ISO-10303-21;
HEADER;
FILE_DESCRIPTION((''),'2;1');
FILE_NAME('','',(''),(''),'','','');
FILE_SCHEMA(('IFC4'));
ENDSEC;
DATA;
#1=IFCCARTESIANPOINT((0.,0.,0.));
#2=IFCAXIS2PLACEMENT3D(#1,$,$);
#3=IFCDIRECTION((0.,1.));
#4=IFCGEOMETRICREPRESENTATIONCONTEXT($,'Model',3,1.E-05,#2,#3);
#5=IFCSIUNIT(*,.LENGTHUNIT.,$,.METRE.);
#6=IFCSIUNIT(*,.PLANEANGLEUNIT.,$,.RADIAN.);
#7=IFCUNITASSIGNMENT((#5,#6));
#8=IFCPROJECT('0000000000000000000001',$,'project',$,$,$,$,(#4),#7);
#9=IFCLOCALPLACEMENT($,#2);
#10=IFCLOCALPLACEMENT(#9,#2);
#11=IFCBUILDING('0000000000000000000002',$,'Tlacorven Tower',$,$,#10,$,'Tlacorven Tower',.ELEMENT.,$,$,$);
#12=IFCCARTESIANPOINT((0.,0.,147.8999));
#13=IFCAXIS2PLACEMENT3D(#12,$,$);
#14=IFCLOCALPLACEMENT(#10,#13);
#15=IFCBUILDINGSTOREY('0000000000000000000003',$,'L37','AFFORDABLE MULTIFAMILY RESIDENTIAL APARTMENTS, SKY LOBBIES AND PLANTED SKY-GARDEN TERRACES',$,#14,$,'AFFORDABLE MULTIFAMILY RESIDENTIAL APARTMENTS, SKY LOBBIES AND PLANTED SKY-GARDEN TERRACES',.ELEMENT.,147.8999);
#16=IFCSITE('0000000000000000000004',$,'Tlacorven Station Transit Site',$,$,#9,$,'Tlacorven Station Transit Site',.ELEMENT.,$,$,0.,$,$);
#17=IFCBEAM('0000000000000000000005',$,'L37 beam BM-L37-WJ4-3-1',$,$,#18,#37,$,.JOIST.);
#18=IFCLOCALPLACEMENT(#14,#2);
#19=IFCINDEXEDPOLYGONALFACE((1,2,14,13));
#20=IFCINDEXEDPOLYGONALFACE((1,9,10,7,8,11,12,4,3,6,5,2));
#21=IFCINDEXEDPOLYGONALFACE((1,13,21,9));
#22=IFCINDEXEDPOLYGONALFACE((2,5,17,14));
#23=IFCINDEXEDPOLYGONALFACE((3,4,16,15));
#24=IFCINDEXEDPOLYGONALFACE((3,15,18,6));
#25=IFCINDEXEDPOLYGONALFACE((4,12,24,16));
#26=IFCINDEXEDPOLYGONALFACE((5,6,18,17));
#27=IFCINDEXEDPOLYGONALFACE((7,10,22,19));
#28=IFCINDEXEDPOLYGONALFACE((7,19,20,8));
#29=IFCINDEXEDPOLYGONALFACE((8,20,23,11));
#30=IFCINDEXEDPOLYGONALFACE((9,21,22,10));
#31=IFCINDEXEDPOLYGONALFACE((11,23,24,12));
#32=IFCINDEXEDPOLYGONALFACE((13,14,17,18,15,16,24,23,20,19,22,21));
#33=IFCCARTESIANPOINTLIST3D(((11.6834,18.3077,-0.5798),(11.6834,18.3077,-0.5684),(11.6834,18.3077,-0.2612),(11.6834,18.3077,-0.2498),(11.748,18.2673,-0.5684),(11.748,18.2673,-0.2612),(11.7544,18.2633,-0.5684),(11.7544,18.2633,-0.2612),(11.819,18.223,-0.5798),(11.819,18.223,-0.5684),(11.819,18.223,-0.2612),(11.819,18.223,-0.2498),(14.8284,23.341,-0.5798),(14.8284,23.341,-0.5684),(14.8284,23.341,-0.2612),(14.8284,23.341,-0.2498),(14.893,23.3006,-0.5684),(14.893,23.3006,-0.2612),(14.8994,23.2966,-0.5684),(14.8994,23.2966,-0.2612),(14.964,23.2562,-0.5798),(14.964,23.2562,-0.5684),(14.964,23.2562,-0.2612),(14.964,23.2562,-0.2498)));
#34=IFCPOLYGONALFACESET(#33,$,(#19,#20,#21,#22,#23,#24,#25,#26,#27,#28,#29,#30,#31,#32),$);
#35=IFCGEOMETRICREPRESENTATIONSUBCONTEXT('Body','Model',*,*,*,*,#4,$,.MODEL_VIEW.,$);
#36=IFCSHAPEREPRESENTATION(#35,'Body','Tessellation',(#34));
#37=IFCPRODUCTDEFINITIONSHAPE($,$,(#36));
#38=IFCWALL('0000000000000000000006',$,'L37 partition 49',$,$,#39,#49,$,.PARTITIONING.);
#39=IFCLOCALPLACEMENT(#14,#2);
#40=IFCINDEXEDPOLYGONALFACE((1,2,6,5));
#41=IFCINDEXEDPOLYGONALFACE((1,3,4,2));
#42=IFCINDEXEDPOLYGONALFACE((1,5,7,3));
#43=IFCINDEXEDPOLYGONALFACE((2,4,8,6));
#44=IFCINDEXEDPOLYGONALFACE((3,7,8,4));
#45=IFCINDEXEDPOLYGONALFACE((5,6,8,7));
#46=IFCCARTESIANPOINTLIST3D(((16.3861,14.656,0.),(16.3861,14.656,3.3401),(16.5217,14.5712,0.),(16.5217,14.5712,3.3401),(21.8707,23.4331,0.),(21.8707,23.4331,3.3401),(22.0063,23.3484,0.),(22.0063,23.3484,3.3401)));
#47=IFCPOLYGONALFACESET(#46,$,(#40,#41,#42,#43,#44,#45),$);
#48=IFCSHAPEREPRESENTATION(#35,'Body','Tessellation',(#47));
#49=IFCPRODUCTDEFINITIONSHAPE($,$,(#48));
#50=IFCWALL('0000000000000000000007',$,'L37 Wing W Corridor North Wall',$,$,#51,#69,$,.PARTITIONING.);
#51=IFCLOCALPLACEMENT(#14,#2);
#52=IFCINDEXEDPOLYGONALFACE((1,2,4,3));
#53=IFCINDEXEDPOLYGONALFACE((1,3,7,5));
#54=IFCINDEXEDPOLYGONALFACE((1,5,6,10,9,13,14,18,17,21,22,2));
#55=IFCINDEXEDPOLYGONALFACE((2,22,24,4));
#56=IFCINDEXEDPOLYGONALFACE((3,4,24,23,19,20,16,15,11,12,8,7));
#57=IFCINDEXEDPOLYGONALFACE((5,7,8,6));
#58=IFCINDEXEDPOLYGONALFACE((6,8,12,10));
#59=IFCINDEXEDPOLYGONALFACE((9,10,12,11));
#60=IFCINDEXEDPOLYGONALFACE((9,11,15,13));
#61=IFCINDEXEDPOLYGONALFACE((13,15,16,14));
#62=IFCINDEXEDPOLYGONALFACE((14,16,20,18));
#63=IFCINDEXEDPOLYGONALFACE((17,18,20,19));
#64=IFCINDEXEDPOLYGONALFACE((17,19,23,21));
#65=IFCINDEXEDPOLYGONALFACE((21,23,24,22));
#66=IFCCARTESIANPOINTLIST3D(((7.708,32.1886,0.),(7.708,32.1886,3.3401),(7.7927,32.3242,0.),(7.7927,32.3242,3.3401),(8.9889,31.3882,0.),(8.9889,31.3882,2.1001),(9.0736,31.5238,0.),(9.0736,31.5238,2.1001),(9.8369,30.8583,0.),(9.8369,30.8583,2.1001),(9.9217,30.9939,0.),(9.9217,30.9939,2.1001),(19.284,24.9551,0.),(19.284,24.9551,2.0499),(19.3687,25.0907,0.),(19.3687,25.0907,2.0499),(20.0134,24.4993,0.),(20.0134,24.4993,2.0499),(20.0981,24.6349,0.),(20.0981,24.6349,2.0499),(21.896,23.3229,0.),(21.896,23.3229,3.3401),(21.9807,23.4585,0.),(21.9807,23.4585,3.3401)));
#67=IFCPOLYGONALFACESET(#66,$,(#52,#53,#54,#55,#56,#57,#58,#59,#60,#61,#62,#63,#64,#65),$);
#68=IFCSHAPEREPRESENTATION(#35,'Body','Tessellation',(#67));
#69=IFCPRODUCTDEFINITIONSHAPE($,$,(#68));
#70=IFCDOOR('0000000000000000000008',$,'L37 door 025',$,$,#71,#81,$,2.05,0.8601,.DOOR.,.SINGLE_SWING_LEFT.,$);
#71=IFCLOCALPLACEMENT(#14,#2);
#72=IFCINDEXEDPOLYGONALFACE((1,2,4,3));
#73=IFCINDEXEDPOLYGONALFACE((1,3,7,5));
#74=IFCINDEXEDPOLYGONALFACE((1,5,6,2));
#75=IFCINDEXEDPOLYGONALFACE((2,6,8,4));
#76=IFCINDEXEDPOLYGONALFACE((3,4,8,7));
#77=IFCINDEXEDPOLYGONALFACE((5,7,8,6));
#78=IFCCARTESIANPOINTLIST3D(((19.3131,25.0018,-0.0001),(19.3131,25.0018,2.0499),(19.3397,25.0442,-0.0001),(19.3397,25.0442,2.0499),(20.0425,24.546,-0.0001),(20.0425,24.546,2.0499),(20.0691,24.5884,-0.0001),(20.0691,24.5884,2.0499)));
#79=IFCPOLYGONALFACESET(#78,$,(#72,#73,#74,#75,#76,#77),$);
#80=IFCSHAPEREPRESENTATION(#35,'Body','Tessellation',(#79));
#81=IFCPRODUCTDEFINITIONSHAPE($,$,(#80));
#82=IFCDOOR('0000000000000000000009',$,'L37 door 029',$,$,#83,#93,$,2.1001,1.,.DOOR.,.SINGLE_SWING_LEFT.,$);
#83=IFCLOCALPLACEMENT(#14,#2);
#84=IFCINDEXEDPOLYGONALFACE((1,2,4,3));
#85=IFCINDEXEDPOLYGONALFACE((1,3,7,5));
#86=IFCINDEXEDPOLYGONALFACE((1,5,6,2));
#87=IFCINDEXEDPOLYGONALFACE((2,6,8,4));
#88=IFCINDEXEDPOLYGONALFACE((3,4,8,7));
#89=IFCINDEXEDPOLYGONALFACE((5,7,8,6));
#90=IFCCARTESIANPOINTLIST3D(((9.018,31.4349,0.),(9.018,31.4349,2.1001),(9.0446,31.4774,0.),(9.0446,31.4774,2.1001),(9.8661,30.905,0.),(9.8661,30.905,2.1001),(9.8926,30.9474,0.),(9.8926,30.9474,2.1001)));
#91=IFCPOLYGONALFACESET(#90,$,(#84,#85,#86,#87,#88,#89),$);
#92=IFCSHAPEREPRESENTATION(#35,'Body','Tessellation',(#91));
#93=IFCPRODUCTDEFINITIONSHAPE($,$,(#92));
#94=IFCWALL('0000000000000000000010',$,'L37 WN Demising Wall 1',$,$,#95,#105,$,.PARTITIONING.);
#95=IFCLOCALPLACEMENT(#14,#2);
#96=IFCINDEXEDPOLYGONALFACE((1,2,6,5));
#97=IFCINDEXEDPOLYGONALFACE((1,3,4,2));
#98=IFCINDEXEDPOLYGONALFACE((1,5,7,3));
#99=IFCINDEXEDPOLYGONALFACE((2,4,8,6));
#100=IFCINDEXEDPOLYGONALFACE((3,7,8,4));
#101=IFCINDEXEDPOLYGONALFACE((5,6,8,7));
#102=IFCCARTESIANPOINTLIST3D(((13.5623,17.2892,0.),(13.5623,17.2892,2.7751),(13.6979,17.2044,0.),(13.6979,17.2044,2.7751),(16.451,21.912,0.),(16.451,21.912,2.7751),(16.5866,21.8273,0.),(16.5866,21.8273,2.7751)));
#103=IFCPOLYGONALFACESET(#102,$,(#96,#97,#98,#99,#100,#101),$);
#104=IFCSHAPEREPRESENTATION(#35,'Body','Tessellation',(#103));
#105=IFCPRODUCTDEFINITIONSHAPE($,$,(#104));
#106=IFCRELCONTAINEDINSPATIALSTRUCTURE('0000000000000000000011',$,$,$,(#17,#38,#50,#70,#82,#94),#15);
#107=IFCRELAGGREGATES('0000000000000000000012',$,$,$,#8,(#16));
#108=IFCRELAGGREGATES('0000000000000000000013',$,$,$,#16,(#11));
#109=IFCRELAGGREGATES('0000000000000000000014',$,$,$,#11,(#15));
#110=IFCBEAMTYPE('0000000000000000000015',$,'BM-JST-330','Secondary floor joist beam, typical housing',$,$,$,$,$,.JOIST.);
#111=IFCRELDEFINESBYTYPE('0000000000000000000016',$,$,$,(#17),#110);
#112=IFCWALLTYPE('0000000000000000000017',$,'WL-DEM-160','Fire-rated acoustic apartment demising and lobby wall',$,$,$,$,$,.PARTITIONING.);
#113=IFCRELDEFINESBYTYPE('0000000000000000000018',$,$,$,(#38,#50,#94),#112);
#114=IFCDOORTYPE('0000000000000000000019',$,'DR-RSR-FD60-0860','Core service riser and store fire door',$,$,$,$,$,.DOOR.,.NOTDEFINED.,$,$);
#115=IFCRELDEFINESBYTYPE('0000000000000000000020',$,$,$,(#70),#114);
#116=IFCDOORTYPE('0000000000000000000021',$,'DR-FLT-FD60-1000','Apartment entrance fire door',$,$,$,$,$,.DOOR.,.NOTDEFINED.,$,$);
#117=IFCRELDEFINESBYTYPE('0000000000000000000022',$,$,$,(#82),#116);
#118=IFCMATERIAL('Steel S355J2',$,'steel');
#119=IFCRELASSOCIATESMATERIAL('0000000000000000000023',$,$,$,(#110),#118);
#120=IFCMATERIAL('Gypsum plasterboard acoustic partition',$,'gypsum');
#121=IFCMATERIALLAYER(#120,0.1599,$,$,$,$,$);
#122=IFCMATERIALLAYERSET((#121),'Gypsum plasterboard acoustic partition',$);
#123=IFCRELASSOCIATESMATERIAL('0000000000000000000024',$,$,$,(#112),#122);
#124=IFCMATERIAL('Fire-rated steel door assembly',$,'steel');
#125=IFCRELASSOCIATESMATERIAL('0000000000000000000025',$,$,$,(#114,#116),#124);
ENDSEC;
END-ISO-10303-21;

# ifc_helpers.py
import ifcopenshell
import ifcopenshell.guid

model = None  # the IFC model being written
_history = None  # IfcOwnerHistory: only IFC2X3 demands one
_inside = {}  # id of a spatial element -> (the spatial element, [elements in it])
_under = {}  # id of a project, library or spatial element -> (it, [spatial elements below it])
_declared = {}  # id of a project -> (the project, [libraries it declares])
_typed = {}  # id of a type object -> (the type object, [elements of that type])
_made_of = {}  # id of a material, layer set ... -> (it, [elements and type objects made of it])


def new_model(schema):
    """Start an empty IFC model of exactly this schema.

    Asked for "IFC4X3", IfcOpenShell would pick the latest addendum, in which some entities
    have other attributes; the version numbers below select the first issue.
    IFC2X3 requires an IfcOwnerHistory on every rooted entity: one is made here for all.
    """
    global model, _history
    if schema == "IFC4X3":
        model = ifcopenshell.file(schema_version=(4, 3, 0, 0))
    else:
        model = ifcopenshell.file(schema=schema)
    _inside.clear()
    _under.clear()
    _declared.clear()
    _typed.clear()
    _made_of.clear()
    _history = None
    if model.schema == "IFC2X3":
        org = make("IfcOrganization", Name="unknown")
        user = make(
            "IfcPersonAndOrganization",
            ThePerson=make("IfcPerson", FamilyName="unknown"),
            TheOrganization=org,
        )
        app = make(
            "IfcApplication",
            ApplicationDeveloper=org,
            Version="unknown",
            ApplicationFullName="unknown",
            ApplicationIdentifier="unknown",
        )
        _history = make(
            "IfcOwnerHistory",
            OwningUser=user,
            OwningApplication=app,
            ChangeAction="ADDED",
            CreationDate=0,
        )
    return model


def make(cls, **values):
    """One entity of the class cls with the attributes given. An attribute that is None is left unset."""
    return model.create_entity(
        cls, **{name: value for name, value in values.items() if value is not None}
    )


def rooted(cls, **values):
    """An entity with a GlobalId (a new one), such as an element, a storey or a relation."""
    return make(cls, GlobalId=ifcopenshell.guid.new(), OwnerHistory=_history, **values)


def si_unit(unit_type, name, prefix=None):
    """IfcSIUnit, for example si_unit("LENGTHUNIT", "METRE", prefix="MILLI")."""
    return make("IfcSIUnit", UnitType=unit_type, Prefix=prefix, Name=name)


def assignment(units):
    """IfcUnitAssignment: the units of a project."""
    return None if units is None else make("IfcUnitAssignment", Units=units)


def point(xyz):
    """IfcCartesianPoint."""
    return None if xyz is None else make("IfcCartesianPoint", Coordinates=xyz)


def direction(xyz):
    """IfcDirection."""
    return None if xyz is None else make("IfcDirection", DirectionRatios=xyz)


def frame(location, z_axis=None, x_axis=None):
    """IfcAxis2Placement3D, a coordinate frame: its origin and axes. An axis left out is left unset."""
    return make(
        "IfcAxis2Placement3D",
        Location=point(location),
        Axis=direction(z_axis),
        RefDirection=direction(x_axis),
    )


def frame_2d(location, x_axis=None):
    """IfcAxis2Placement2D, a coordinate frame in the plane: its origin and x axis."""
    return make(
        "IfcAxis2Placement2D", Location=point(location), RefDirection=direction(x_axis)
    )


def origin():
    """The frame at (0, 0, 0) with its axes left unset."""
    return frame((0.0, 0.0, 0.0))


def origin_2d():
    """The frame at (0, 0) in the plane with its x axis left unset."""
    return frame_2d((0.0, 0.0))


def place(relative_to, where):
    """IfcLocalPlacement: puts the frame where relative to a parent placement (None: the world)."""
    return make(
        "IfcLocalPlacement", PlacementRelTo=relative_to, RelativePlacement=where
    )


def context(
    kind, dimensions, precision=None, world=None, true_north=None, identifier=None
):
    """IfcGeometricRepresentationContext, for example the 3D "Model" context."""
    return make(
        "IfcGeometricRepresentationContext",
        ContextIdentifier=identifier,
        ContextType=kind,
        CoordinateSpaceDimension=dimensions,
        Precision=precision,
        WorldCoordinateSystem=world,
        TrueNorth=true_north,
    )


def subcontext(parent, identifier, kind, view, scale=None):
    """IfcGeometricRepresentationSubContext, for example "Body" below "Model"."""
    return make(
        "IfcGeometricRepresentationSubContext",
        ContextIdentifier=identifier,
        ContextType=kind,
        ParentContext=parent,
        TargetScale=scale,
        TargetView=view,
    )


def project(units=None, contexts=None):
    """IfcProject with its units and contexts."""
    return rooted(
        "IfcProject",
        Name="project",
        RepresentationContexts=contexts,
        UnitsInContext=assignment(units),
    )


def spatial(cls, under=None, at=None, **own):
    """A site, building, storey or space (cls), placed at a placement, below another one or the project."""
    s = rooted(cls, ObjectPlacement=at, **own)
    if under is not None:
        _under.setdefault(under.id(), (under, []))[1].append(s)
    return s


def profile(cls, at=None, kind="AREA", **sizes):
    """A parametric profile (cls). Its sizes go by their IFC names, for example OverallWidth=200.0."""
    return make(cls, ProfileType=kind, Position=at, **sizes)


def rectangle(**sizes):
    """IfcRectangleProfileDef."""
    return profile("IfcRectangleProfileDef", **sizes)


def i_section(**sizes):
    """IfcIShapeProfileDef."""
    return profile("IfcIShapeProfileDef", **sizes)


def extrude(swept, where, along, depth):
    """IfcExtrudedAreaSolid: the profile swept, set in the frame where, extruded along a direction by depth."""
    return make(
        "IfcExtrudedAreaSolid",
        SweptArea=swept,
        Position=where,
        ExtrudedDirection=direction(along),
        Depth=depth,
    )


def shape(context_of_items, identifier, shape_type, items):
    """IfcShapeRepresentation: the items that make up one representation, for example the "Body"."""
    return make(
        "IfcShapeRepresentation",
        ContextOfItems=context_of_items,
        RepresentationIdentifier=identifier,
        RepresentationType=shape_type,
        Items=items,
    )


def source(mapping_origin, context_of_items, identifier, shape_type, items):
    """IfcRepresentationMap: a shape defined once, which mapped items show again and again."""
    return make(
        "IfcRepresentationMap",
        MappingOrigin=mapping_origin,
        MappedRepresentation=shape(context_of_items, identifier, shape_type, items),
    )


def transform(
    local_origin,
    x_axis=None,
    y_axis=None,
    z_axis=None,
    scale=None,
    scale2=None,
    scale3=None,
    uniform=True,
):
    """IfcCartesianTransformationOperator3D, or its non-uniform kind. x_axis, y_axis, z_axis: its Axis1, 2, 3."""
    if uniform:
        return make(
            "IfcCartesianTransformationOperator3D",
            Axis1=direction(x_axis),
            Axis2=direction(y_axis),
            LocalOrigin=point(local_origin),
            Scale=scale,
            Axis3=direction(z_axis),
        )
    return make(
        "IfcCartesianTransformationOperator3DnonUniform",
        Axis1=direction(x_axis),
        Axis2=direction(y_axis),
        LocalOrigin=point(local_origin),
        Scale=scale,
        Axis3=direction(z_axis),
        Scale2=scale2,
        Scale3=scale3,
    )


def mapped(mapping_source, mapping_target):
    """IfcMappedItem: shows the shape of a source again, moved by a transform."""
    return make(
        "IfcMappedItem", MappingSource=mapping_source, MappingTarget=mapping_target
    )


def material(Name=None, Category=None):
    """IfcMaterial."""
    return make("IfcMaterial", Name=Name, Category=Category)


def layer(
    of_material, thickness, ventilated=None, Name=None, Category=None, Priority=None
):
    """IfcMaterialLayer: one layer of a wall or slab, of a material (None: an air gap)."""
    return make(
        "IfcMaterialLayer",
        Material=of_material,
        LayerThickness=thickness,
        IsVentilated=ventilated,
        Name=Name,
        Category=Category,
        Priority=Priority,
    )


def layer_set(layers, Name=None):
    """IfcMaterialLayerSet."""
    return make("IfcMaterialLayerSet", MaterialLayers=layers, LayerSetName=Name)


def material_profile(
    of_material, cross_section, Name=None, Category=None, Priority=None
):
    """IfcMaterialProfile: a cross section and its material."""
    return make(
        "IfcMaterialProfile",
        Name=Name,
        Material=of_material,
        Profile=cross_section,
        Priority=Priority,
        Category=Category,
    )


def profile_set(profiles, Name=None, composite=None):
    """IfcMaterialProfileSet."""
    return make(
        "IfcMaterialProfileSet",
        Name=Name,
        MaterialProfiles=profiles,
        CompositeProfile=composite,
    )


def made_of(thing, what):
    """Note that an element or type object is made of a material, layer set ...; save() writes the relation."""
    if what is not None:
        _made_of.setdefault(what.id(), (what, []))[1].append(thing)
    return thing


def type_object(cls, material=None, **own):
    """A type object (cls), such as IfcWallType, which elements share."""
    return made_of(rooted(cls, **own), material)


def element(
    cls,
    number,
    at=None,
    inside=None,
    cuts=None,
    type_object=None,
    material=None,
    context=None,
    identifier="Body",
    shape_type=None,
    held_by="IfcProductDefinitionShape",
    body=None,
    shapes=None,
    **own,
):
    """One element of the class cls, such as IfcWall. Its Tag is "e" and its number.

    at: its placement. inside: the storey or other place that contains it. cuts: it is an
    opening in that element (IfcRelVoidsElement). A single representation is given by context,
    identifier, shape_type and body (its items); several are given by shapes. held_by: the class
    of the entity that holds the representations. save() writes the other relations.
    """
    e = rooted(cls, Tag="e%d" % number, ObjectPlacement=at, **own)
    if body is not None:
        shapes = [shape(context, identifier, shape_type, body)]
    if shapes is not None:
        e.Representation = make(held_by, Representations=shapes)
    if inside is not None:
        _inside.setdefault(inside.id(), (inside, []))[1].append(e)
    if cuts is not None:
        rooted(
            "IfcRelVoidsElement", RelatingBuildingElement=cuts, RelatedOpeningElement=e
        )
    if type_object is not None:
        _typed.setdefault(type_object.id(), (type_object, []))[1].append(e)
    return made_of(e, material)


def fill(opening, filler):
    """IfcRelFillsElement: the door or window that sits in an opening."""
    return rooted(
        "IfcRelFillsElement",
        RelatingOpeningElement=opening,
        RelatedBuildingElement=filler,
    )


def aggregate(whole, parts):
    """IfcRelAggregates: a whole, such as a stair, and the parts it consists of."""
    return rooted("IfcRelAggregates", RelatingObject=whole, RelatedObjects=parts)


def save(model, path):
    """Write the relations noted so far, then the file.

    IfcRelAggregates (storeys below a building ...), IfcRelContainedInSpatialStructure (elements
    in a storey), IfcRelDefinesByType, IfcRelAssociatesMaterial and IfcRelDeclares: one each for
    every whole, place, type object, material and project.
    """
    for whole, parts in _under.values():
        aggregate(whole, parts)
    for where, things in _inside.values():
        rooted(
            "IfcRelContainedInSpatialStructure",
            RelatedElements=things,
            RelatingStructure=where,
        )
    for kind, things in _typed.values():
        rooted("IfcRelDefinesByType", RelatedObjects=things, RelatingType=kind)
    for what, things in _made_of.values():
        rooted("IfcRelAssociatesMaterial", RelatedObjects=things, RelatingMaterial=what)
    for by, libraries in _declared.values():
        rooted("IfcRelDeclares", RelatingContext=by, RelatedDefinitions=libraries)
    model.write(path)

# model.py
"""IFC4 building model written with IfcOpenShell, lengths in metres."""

from ifc_helpers import new_model, si_unit, direction, frame, frame_2d, origin, origin_2d, place, context, subcontext, project, spatial, rectangle, i_section, extrude, source, transform, mapped, material, layer, layer_set, material_profile, profile_set, type_object, element, fill, save


model = new_model("IFC4")

# Units and contexts
model_context = context("Model", 3, precision=1e-05, world=origin(), true_north=direction((0.0, 1.0)))
body_context = subcontext(model_context, "Body", "Model", "MODEL_VIEW")
ifc_project = project(units=[si_unit("LENGTHUNIT", "METRE"), si_unit("PLANEANGLEUNIT", "RADIAN")], contexts=[model_context])

# Site, building, storey
site_placement = place(None, origin())
site = spatial("IfcSite", under=ifc_project, at=site_placement, Name="Tlacorven Station Transit Site", LongName="Tlacorven Station Transit Site", CompositionType="ELEMENT", RefElevation=0.0)
building_placement = place(site_placement, origin())
building = spatial("IfcBuilding", under=site, at=building_placement, Name="Tlacorven Tower", LongName="Tlacorven Tower", CompositionType="ELEMENT")
storey_placement = place(building_placement, frame((0.0, 0.0, 147.8999)))
storey = spatial("IfcBuildingStorey", under=building, at=storey_placement, Name="L37", Description="AFFORDABLE MULTIFAMILY RESIDENTIAL APARTMENTS, SKY LOBBIES AND PLANTED SKY-GARDEN TERRACES", LongName="AFFORDABLE MULTIFAMILY RESIDENTIAL APARTMENTS, SKY LOBBIES AND PLANTED SKY-GARDEN TERRACES", CompositionType="ELEMENT", Elevation=147.8999)

# Beam
ifc_material_1 = material(Name="Steel S355J2", Category="steel")
ifc_material_profile_1 = material_profile(ifc_material_1, i_section(OverallWidth=0.1599, OverallDepth=0.3301, WebThickness=0.0076, FlangeThickness=0.0115, at=origin_2d()), Name="IPE 330")
ifc_profile_set_1 = profile_set([ifc_material_profile_1], Name="Steel S355J2")
beam_type_1 = type_object("IfcBeamType", Name="BM-JST-330", Description="Secondary floor joist beam, typical housing", PredefinedType="JOIST", material=ifc_profile_set_1)
shared_shape_1 = source(origin(), body_context, "Body", "SweptSolid", [
    extrude(i_section(OverallWidth=0.1599, OverallDepth=0.3301, WebThickness=0.0076, FlangeThickness=0.0115, at=origin_2d()), origin(), (0.0, 0.0, 1.0), 5.9351),
])
for number, where, z_axis, x_axis, name in (
    (1, (14.8962, 23.2986, -0.4148), (-0.52991, -0.848054, 0.0), (0.848054, -0.52991, 0.0), "L37 beam BM-L37-WJ4-3-1"),
):
    element("IfcBeam", number, at=place(storey_placement, frame(where, z_axis=z_axis, x_axis=x_axis)), inside=storey, type_object=beam_type_1, Name=name, PredefinedType="JOIST", context=body_context, shape_type="MappedRepresentation", body=[
        mapped(shared_shape_1, transform((0.0, 0.0, 0.0), scale=1.0)),
    ])

# Wall
ifc_material_2 = material(Name="Gypsum plasterboard acoustic partition", Category="gypsum")
ifc_layer_1 = layer(ifc_material_2, 0.1599)
ifc_layer_set_1 = layer_set([ifc_layer_1], Name="Gypsum plasterboard acoustic partition")
wall_type_1 = type_object("IfcWallType", Name="WL-DEM-160", Description="Fire-rated acoustic apartment demising and lobby wall", PredefinedType="PARTITIONING", material=ifc_layer_set_1)
wall_1_placement = place(storey_placement, frame((21.9385, 23.3906, 0.0), z_axis=(0.0, 0.0, 1.0), x_axis=(-0.529925, -0.848045, 0.0)))
element("IfcWall", 2, at=wall_1_placement, inside=storey, type_object=wall_type_1, Name="L37 partition 49", PredefinedType="PARTITIONING", context=body_context, shape_type="SweptSolid", body=[
    extrude(rectangle(XDim=10.3499, YDim=0.1599, at=frame_2d((5.1748, 0.0))), origin(), (0.0, 0.0, 1.0), 3.3401),
])

# Wall, openings, doors
wall_2_placement = place(storey_placement, frame((21.9385, 23.3906, 0.0), z_axis=(0.0, 0.0, 1.0), x_axis=(-0.848046, 0.529923, 0.0)))
wall_2 = element("IfcWall", 3, at=wall_2_placement, inside=storey, type_object=wall_type_1, Name="L37 Wing W Corridor North Wall", PredefinedType="PARTITIONING", context=body_context, shape_type="SweptSolid", body=[
    extrude(rectangle(XDim=16.7302, YDim=0.1599, at=frame_2d((8.3652, 0.0))), origin(), (0.0, 0.0, 1.0), 3.3401),
])
opening_1_placement = place(wall_2_placement, frame((2.22, 0.0, 0.0)))
opening_1 = element("IfcOpeningElement", 4, at=opening_1_placement, cuts=wall_2, PredefinedType="OPENING", context=body_context, shape_type="SweptSolid", body=[
    extrude(rectangle(XDim=0.8601, YDim=2.05, at=frame_2d((0.4302, 1.0249))), frame((0.0, 0.0898, 0.0), z_axis=(0.0, -1.0, 0.0), x_axis=(1.0, 0.0, 0.0)), (0.0, 0.0, 1.0), 0.1799),
])
opening_2_placement = place(wall_2_placement, frame((14.22, 0.0, 0.0)))
opening_2 = element("IfcOpeningElement", 5, at=opening_2_placement, cuts=wall_2, PredefinedType="OPENING", context=body_context, shape_type="SweptSolid", body=[
    extrude(rectangle(XDim=1.0, YDim=2.1001, at=frame_2d((0.5, 1.05))), frame((0.0, 0.0898, 0.0), z_axis=(0.0, -1.0, 0.0), x_axis=(1.0, 0.0, 0.0)), (0.0, 0.0, 1.0), 0.1799),
])
ifc_material_3 = material(Name="Fire-rated steel door assembly", Category="steel")
door_type_1 = type_object("IfcDoorType", Name="DR-RSR-FD60-0860", Description="Core service riser and store fire door", OperationType="NOTDEFINED", PredefinedType="DOOR", material=ifc_material_3)
shared_shape_2 = source(origin(), body_context, "Body", "SweptSolid", [
    extrude(rectangle(XDim=0.8601, YDim=2.05, at=frame_2d((0.4302, 1.0249))), frame((0.0, 0.0249, 0.0), z_axis=(0.0, -1.0, 0.0), x_axis=(1.0, 0.0, 0.0)), (0.0, 0.0, 1.0), 0.05),
])
door_1_placement = place(opening_1_placement, origin())
door_1 = element("IfcDoor", 6, at=door_1_placement, inside=storey, type_object=door_type_1, Name="L37 door 025", OperationType="SINGLE_SWING_LEFT", OverallHeight=2.05, OverallWidth=0.8601, PredefinedType="DOOR", context=body_context, shape_type="MappedRepresentation", body=[
    mapped(shared_shape_2, transform((0.0, 0.0, 0.0), scale=1.0)),
])
fill(opening_1, door_1)
door_type_2 = type_object("IfcDoorType", Name="DR-FLT-FD60-1000", Description="Apartment entrance fire door", OperationType="NOTDEFINED", PredefinedType="DOOR", material=ifc_material_3)
shared_shape_3 = source(origin(), body_context, "Body", "SweptSolid", [
    extrude(rectangle(XDim=1.0, YDim=2.1001, at=frame_2d((0.5, 1.05))), frame((0.0, 0.0249, 0.0), z_axis=(0.0, -1.0, 0.0), x_axis=(1.0, 0.0, 0.0)), (0.0, 0.0, 1.0), 0.05),
])
door_2_placement = place(opening_2_placement, origin())
door_2 = element("IfcDoor", 7, at=door_2_placement, inside=storey, type_object=door_type_2, Name="L37 door 029", OperationType="SINGLE_SWING_LEFT", OverallHeight=2.1001, OverallWidth=1.0, PredefinedType="DOOR", context=body_context, shape_type="MappedRepresentation", body=[
    mapped(shared_shape_3, transform((0.0, 0.0, 0.0), scale=1.0)),
])
fill(opening_2, door_2)

# Wall
wall_3_placement = place(storey_placement, frame((16.5188, 21.8696, 0.0), z_axis=(0.0, 0.0, 1.0), x_axis=(-0.529922, -0.848046, 0.0)))
element("IfcWall", 8, at=wall_3_placement, inside=storey, type_object=wall_type_1, Name="L37 WN Demising Wall 1", PredefinedType="PARTITIONING", context=body_context, shape_type="SweptSolid", body=[
    extrude(rectangle(XDim=5.4512, YDim=0.1599, at=frame_2d((2.7256, 0.0))), origin(), (0.0, 0.0, 1.0), 2.7751),
])

save(model, "model.ifc")
